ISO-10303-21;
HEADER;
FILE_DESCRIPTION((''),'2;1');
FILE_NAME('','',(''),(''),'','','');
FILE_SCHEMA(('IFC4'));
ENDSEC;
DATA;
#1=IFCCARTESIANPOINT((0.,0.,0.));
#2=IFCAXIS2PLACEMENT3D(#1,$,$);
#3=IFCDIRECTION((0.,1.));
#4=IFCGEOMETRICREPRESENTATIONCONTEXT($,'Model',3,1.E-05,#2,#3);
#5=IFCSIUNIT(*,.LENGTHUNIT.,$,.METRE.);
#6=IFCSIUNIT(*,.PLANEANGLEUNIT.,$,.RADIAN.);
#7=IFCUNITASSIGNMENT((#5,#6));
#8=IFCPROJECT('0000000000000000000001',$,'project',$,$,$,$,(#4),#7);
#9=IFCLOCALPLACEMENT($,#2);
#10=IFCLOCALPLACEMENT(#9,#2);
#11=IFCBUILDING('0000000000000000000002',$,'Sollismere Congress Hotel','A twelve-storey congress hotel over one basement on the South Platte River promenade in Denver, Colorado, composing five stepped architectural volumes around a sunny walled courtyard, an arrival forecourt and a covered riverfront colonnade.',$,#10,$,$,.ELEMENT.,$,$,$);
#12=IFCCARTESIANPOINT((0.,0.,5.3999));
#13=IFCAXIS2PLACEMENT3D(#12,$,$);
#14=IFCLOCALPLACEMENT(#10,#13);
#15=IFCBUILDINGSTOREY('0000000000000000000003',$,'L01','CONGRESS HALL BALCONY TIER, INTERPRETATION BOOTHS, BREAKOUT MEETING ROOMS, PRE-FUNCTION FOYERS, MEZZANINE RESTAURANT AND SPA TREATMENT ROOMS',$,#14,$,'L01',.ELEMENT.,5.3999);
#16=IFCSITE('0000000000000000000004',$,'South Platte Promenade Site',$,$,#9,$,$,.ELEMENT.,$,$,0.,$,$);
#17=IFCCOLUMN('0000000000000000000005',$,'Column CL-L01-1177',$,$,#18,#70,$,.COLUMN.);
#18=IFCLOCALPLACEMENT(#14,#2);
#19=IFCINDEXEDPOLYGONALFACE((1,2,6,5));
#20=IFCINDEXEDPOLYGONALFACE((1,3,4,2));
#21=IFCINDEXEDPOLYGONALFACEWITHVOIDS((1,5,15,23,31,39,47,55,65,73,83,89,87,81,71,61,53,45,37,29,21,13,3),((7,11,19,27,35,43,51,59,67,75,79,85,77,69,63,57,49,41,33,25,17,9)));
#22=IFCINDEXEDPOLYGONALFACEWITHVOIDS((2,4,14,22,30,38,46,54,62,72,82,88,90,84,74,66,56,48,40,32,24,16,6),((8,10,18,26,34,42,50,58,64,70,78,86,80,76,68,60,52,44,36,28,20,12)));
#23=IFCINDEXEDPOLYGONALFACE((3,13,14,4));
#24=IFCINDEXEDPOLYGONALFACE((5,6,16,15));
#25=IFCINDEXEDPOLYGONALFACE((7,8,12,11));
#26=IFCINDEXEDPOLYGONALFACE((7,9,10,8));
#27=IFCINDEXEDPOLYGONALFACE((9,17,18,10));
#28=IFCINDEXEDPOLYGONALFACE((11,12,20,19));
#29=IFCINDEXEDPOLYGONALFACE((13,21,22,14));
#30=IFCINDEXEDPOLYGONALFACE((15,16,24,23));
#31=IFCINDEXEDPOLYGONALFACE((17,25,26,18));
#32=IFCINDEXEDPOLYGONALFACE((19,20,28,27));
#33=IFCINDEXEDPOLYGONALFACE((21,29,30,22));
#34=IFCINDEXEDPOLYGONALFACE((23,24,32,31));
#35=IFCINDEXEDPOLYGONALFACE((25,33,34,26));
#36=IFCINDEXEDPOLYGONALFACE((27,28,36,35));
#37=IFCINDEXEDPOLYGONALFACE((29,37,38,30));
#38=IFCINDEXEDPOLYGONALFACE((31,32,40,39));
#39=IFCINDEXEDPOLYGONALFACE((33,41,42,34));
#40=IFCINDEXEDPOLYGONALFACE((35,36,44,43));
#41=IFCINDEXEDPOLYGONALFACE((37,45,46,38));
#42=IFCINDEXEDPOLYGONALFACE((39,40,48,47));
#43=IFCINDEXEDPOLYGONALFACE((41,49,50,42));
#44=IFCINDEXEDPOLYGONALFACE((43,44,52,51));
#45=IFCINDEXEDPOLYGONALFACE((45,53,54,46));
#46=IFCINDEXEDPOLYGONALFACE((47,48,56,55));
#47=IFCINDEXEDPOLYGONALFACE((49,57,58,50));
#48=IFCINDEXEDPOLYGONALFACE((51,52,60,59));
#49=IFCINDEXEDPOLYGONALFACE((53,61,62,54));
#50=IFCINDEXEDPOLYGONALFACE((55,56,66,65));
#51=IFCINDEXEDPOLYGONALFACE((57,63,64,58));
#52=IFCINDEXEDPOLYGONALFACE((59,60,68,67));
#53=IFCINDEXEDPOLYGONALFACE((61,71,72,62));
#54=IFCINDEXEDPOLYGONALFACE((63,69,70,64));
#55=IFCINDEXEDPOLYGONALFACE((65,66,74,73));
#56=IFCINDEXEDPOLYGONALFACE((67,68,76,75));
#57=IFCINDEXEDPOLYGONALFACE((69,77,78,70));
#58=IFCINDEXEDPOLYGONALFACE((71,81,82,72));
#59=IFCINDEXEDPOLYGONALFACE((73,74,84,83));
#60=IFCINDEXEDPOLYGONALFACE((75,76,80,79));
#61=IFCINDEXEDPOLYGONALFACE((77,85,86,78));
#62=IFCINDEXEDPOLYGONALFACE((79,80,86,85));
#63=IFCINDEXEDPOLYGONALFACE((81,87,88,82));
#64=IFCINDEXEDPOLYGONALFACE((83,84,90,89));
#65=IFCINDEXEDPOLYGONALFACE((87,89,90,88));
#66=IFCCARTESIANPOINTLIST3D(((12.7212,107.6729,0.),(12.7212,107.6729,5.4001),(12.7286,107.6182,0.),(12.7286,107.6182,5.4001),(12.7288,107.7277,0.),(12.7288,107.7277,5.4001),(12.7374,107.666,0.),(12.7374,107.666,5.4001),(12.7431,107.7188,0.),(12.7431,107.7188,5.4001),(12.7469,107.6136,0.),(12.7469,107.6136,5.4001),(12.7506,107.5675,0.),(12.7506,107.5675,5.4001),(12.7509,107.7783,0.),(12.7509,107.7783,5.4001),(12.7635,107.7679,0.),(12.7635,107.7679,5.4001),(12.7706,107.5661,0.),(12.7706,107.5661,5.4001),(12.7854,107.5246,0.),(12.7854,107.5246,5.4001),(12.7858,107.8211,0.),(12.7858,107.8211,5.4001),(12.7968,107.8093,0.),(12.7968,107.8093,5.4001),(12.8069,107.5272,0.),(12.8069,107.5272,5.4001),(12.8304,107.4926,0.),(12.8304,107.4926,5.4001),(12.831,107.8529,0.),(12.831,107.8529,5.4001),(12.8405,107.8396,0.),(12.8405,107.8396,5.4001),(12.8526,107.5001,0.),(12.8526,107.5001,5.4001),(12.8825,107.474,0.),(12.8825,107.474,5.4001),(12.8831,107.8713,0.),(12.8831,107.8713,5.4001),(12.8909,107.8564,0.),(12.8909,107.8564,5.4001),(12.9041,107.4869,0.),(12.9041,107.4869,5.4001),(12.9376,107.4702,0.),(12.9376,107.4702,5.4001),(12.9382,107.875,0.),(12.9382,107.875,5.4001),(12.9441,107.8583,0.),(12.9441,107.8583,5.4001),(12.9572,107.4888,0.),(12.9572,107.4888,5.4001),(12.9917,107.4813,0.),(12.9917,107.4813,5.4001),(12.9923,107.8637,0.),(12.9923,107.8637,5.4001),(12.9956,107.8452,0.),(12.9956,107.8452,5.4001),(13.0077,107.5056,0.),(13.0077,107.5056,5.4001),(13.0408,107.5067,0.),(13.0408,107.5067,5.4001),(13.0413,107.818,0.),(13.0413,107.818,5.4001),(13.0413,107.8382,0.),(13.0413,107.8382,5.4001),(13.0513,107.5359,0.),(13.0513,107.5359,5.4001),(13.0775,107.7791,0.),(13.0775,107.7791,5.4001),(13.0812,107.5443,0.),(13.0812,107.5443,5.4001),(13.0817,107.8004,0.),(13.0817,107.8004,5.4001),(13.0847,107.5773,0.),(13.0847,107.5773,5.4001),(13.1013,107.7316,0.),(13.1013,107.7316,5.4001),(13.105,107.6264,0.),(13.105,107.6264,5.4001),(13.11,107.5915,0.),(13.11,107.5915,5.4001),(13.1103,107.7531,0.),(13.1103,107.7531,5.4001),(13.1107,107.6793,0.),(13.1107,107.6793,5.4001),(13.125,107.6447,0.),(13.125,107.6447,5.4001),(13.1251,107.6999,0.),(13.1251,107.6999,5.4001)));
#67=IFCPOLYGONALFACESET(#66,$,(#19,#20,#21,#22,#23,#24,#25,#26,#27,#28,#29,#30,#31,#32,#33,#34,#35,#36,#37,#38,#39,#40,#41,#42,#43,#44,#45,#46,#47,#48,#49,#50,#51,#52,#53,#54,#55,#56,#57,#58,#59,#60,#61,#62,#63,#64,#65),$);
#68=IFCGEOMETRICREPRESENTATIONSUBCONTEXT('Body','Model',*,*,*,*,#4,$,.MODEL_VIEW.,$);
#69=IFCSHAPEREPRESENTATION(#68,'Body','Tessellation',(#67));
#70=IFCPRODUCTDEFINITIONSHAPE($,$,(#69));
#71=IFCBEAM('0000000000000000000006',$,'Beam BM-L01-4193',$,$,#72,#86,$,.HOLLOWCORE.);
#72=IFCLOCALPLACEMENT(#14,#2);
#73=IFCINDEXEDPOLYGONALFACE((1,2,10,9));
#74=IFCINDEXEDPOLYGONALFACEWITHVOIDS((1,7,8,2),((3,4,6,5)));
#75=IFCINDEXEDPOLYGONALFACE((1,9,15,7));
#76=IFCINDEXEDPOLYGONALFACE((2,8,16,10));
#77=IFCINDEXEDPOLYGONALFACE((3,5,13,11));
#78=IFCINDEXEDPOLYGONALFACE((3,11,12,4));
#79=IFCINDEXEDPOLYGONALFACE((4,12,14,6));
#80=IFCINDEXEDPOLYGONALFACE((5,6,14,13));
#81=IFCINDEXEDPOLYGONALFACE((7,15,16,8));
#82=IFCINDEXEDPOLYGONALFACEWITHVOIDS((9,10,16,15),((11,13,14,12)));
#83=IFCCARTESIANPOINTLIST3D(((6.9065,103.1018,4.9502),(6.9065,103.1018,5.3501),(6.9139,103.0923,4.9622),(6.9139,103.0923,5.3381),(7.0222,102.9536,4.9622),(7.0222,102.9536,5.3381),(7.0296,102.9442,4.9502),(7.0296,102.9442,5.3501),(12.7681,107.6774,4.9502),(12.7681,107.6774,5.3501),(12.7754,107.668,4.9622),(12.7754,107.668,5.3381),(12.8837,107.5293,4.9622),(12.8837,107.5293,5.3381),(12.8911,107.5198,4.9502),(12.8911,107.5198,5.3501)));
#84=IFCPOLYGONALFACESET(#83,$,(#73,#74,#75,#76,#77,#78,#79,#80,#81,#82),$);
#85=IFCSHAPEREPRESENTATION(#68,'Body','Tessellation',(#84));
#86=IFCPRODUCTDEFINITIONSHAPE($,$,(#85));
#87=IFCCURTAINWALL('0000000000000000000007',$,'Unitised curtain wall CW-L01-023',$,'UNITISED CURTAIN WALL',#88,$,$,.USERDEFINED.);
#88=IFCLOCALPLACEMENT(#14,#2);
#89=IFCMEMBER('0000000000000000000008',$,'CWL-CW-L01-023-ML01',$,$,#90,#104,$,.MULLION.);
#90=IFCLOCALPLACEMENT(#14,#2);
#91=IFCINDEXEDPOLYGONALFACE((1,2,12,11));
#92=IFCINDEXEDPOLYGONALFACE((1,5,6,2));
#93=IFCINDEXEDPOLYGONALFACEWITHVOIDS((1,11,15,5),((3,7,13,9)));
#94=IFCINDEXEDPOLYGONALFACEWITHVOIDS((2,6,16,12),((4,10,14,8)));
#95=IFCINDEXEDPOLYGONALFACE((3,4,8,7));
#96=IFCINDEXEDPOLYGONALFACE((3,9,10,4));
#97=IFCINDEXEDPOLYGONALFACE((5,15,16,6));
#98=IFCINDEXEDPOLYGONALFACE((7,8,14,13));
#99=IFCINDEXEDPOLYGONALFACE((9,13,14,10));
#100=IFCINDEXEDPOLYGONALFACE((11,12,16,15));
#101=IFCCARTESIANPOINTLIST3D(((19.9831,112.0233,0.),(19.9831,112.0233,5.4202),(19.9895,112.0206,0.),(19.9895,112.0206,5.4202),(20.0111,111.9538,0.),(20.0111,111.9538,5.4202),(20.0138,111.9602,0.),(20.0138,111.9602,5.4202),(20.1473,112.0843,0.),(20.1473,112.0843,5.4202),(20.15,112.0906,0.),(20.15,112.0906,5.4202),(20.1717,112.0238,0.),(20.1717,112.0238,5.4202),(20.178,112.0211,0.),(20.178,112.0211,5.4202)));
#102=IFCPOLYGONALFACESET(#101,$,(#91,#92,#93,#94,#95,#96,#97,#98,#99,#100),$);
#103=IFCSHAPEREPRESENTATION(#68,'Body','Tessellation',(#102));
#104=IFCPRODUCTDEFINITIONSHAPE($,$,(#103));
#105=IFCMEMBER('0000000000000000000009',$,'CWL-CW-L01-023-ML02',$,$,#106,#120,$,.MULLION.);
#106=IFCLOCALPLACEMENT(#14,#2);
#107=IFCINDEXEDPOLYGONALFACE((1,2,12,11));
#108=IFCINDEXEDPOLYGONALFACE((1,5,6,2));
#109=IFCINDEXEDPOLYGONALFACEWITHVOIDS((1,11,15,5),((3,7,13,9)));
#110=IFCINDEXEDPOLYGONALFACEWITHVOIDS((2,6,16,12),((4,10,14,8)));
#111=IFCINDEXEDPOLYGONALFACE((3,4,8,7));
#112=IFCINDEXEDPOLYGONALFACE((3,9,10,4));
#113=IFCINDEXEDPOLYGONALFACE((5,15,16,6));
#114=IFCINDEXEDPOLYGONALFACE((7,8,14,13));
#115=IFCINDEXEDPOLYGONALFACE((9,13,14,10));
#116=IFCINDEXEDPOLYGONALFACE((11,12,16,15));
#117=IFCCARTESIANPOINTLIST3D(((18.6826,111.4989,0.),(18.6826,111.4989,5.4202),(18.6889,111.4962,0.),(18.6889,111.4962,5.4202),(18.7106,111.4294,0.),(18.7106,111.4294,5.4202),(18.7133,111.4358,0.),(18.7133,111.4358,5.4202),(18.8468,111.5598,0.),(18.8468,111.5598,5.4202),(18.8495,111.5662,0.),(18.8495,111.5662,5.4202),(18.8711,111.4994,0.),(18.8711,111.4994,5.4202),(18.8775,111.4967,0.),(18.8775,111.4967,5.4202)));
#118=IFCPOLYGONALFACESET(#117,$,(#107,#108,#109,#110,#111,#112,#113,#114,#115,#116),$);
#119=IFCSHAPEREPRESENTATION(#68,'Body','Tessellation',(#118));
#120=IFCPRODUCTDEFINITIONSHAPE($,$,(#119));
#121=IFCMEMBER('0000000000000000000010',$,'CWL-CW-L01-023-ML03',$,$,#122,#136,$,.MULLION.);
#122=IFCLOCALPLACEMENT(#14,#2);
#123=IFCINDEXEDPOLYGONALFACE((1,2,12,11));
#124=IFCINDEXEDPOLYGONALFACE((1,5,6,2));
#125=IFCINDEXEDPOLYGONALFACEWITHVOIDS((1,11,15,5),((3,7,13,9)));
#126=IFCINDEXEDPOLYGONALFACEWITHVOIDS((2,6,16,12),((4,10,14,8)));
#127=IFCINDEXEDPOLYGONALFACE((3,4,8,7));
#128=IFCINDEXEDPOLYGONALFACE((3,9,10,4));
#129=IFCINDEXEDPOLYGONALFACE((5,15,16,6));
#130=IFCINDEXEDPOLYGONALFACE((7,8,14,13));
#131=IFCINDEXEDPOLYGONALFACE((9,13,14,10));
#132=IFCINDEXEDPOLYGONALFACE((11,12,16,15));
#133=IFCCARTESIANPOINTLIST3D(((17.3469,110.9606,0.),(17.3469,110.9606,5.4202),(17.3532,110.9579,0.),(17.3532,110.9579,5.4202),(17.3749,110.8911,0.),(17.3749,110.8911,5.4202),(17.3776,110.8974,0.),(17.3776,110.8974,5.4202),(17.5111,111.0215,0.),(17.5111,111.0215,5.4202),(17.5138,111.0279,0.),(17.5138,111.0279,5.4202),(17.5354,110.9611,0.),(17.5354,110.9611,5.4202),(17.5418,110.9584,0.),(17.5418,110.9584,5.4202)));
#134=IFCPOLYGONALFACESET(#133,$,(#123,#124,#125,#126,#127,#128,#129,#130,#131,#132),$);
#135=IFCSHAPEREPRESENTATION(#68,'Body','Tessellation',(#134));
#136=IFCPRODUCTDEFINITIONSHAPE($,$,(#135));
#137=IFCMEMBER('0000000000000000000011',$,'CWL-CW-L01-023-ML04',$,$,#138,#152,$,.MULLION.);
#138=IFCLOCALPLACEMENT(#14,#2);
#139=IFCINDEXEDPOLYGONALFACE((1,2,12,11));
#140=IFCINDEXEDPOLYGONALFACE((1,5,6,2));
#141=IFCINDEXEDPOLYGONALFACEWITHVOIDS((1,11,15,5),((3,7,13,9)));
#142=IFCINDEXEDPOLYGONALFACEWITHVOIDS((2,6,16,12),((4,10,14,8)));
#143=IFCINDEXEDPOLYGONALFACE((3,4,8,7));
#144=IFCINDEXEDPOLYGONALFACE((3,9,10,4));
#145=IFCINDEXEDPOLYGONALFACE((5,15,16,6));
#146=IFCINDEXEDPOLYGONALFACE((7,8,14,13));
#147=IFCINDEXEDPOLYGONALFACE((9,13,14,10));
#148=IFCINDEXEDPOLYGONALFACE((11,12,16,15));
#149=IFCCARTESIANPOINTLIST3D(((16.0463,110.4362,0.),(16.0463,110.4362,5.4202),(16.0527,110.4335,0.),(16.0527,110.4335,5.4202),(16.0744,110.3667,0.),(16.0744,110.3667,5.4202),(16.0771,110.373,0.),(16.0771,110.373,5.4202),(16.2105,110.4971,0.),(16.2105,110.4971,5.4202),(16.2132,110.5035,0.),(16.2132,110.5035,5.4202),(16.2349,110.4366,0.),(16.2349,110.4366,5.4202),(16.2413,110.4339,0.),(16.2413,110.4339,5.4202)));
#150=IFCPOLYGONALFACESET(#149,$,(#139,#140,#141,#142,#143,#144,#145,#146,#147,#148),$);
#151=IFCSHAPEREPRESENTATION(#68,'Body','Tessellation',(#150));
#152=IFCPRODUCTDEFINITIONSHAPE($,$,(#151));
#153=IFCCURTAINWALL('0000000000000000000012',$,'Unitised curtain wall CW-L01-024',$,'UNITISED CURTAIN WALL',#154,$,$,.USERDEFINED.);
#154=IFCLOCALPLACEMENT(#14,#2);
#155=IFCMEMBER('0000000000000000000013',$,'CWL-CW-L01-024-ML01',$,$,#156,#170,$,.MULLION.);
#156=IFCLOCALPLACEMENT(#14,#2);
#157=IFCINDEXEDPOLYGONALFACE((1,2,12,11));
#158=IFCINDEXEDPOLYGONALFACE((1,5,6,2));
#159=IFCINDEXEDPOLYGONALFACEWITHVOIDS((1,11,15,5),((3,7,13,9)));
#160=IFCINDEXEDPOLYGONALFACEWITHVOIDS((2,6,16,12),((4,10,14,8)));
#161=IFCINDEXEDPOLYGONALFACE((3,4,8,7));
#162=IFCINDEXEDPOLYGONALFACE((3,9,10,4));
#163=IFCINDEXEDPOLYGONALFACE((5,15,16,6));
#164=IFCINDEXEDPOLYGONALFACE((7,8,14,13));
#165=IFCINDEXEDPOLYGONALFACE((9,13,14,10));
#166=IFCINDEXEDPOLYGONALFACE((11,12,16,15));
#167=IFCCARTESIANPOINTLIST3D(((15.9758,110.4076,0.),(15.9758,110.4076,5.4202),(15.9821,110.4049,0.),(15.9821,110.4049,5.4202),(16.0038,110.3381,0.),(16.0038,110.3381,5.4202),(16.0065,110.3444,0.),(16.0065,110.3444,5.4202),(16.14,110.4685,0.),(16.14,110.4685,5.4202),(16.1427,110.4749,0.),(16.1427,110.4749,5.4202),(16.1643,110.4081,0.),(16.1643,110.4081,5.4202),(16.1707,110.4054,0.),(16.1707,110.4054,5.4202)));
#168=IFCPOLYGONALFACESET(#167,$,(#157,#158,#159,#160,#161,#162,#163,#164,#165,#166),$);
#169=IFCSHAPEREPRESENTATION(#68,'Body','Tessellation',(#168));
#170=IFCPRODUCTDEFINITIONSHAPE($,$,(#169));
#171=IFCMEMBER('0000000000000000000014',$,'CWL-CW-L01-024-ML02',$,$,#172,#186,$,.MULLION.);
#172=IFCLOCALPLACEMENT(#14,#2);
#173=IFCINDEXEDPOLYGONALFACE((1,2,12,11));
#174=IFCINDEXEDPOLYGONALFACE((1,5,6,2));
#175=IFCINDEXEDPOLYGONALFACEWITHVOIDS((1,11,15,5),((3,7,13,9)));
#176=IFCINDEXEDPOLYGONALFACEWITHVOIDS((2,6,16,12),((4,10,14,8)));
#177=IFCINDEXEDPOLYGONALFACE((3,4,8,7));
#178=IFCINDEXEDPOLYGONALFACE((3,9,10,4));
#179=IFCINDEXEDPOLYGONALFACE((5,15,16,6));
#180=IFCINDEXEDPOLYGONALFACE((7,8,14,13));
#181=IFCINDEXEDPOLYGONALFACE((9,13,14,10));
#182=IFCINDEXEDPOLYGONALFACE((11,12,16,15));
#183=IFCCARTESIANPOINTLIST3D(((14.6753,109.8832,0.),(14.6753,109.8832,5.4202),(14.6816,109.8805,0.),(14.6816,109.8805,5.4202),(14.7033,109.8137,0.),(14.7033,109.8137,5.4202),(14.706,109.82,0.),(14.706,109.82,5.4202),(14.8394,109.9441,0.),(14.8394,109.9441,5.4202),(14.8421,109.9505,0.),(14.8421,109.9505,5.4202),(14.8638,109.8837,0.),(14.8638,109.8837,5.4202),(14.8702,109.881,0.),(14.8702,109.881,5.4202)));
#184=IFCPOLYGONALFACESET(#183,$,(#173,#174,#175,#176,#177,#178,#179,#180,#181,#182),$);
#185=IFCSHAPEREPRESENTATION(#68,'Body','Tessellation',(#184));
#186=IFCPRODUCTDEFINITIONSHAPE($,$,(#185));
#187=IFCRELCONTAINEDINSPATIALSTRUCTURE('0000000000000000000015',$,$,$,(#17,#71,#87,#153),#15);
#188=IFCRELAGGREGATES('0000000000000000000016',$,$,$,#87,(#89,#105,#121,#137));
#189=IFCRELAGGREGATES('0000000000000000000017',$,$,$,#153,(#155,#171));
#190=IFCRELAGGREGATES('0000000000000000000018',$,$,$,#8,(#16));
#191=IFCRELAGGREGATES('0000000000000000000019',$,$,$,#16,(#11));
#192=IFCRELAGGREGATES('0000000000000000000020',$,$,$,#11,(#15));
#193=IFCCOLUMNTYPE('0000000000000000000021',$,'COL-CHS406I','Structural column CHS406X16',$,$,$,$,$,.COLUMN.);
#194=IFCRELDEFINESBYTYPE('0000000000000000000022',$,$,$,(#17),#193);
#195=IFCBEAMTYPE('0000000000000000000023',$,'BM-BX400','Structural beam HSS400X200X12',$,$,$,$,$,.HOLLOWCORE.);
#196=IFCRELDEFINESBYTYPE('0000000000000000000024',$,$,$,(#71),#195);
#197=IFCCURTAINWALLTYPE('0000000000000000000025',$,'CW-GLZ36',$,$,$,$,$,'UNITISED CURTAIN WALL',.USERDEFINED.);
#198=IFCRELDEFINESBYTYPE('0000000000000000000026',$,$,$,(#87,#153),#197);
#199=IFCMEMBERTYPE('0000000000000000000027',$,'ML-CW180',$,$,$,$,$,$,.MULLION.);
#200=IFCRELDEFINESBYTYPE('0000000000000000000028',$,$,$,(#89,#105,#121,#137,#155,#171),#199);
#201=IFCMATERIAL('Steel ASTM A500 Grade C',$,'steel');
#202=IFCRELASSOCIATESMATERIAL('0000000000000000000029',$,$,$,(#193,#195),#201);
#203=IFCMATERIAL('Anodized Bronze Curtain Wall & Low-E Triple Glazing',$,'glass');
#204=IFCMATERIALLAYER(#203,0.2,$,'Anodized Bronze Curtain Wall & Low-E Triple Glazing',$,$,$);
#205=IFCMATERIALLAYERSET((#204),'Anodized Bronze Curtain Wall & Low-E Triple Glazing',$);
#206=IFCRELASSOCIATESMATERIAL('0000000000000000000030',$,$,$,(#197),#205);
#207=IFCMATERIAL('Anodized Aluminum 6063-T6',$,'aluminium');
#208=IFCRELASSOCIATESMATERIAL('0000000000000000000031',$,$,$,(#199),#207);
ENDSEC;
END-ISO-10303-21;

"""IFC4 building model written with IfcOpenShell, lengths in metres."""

from ifc_helpers import new_model, si_unit, direction, frame, origin, origin_2d, place, context, subcontext, project, spatial, hollow_rectangle, hollow_circle, extrude, material, layer, layer_set, material_profile, profile_set, type_object, element, aggregate, save


model = new_model("IFC4")

# Units and contexts
model_context = context("Model", 3, precision=1e-05, world=origin(), true_north=direction((0.0, 1.0)))
body_context = subcontext(model_context, "Body", "Model", "MODEL_VIEW")
ifc_project = project(units=[si_unit("LENGTHUNIT", "METRE"), si_unit("PLANEANGLEUNIT", "RADIAN")], contexts=[model_context])

# Site, building, storey
site_placement = place(None, origin())
site = spatial("IfcSite", under=ifc_project, at=site_placement, Name="South Platte Promenade Site", CompositionType="ELEMENT", RefElevation=0.0)
building_placement = place(site_placement, origin())
building = spatial("IfcBuilding", under=site, at=building_placement, Name="Sollismere Congress Hotel", Description="A twelve-storey congress hotel over one basement on the South Platte River promenade in Denver, Colorado, composing five stepped architectural volumes around a sunny walled courtyard, an arrival forecourt and a covered riverfront colonnade.", CompositionType="ELEMENT")
storey_placement = place(building_placement, frame((0.0, 0.0, 5.3999)))
storey = spatial("IfcBuildingStorey", under=building, at=storey_placement, Name="L01", Description="CONGRESS HALL BALCONY TIER, INTERPRETATION BOOTHS, BREAKOUT MEETING ROOMS, PRE-FUNCTION FOYERS, MEZZANINE RESTAURANT AND SPA TREATMENT ROOMS", LongName="L01", CompositionType="ELEMENT", Elevation=5.3999)

# Column
ifc_material_1 = material(Name="Steel ASTM A500 Grade C", Category="steel")
ifc_material_profile_1 = material_profile(ifc_material_1, hollow_circle(Radius=0.2029, WallThickness=0.0161, at=origin_2d()), Name="CHS406X16")
ifc_profile_set_1 = profile_set([ifc_material_profile_1], Name="Steel ASTM A500 Grade C")
column_type = type_object("IfcColumnType", Name="COL-CHS406I", Description="Structural column CHS406X16", PredefinedType="COLUMN", material=ifc_profile_set_1)
column_placement = place(storey_placement, frame((12.9241, 107.6726, 0.0), z_axis=(0.0, 0.0, 1.0), x_axis=(-0.68136, 0.731949, 0.0)))
element("IfcColumn", 1, at=column_placement, inside=storey, type_object=column_type, Name="Column CL-L01-1177", PredefinedType="COLUMN", context=body_context, shape_type="SweptSolid", body=[
    extrude(hollow_circle(Radius=0.2029, WallThickness=0.0161, at=origin_2d()), origin(), (0.0, 0.0, 1.0), 5.4001),
])

# Beam
ifc_material_profile_2 = material_profile(ifc_material_1, hollow_rectangle(XDim=0.2, YDim=0.3999, WallThickness=0.012, at=origin_2d()), Name="HSS400X200X12")
ifc_profile_set_2 = profile_set([ifc_material_profile_2], Name="Steel ASTM A500 Grade C")
beam_type = type_object("IfcBeamType", Name="BM-BX400", Description="Structural beam HSS400X200X12", PredefinedType="HOLLOWCORE", material=ifc_profile_set_2)
beam_placement = place(storey_placement, frame((12.8296, 107.5986, 5.1501), z_axis=(-0.788264, -0.615338, 0.0), x_axis=(0.615338, -0.788264, 0.0)))
element("IfcBeam", 2, at=beam_placement, inside=storey, type_object=beam_type, Name="Beam BM-L01-4193", PredefinedType="HOLLOWCORE", context=body_context, shape_type="SweptSolid", body=[
    extrude(hollow_rectangle(XDim=0.2, YDim=0.3999, WallThickness=0.012, at=origin_2d()), origin(), (0.0, 0.0, 1.0), 7.436),
])

# Curtain walls, members
ifc_material_2 = material(Name="Anodized Bronze Curtain Wall & Low-E Triple Glazing", Category="glass")
ifc_layer_1 = layer(ifc_material_2, 0.2, Name="Anodized Bronze Curtain Wall & Low-E Triple Glazing")
ifc_layer_set_1 = layer_set([ifc_layer_1], Name="Anodized Bronze Curtain Wall & Low-E Triple Glazing")
curtain_wall_type = type_object("IfcCurtainWallType", Name="CW-GLZ36", ElementType="UNITISED CURTAIN WALL", PredefinedType="USERDEFINED", material=ifc_layer_set_1)
curtain_wall_1_placement = place(storey_placement, origin())
curtain_wall_1 = element("IfcCurtainWall", 3, at=curtain_wall_1_placement, inside=storey, type_object=curtain_wall_type, Name="Unitised curtain wall CW-L01-023", ObjectType="UNITISED CURTAIN WALL", PredefinedType="USERDEFINED")
ifc_material_3 = material(Name="Anodized Aluminum 6063-T6", Category="aluminium")
ifc_material_profile_3 = material_profile(ifc_material_3, hollow_rectangle(XDim=0.075, YDim=0.1799, WallThickness=0.0049, at=origin_2d()), Name="ALU180X75X5")
ifc_profile_set_3 = profile_set([ifc_material_profile_3], Name="Anodized Aluminum 6063-T6")
member_type_1 = type_object("IfcMemberType", Name="ML-CW180", PredefinedType="MULLION", material=ifc_profile_set_3)
member_1_placement = place(storey_placement, frame((20.0806, 112.0222, 0.0), z_axis=(0.0, 0.0, 1.0), x_axis=(0.373943, -0.927452, 0.0)))
member_1 = element("IfcMember", 4, at=member_1_placement, type_object=member_type_1, Name="CWL-CW-L01-023-ML01", PredefinedType="MULLION", context=body_context, shape_type="SweptSolid", body=[
    extrude(hollow_rectangle(XDim=0.075, YDim=0.1799, WallThickness=0.0049, at=origin_2d()), origin(), (0.0, 0.0, 1.0), 5.4202),
])
member_2_placement = place(storey_placement, frame((18.78, 111.4978, 0.0), z_axis=(0.0, 0.0, 1.0), x_axis=(0.373943, -0.927452, 0.0)))
member_2 = element("IfcMember", 5, at=member_2_placement, type_object=member_type_1, Name="CWL-CW-L01-023-ML02", PredefinedType="MULLION", context=body_context, shape_type="SweptSolid", body=[
    extrude(hollow_rectangle(XDim=0.075, YDim=0.1799, WallThickness=0.0049, at=origin_2d()), origin(), (0.0, 0.0, 1.0), 5.4202),
])
member_3_placement = place(storey_placement, frame((17.4443, 110.9595, 0.0), z_axis=(0.0, 0.0, 1.0), x_axis=(0.373943, -0.927452, 0.0)))
member_3 = element("IfcMember", 6, at=member_3_placement, type_object=member_type_1, Name="CWL-CW-L01-023-ML03", PredefinedType="MULLION", context=body_context, shape_type="SweptSolid", body=[
    extrude(hollow_rectangle(XDim=0.075, YDim=0.1799, WallThickness=0.0049, at=origin_2d()), origin(), (0.0, 0.0, 1.0), 5.4202),
])
member_4_placement = place(storey_placement, frame((16.1438, 110.4351, 0.0), z_axis=(0.0, 0.0, 1.0), x_axis=(0.373943, -0.927452, 0.0)))
member_4 = element("IfcMember", 7, at=member_4_placement, type_object=member_type_1, Name="CWL-CW-L01-023-ML04", PredefinedType="MULLION", context=body_context, shape_type="SweptSolid", body=[
    extrude(hollow_rectangle(XDim=0.075, YDim=0.1799, WallThickness=0.0049, at=origin_2d()), origin(), (0.0, 0.0, 1.0), 5.4202),
])
curtain_wall_2_placement = place(storey_placement, origin())
curtain_wall_2 = element("IfcCurtainWall", 8, at=curtain_wall_2_placement, inside=storey, type_object=curtain_wall_type, Name="Unitised curtain wall CW-L01-024", ObjectType="UNITISED CURTAIN WALL", PredefinedType="USERDEFINED")
member_5_placement = place(storey_placement, frame((16.0732, 110.4065, 0.0), z_axis=(0.0, 0.0, 1.0), x_axis=(0.373943, -0.927452, 0.0)))
member_5 = element("IfcMember", 9, at=member_5_placement, type_object=member_type_1, Name="CWL-CW-L01-024-ML01", PredefinedType="MULLION", context=body_context, shape_type="SweptSolid", body=[
    extrude(hollow_rectangle(XDim=0.075, YDim=0.1799, WallThickness=0.0049, at=origin_2d()), origin(), (0.0, 0.0, 1.0), 5.4202),
])
member_6_placement = place(storey_placement, frame((14.7727, 109.8821, 0.0), z_axis=(0.0, 0.0, 1.0), x_axis=(0.373943, -0.927452, 0.0)))
member_6 = element("IfcMember", 10, at=member_6_placement, type_object=member_type_1, Name="CWL-CW-L01-024-ML02", PredefinedType="MULLION", context=body_context, shape_type="SweptSolid", body=[
    extrude(hollow_rectangle(XDim=0.075, YDim=0.1799, WallThickness=0.0049, at=origin_2d()), origin(), (0.0, 0.0, 1.0), 5.4202),
])

aggregate(curtain_wall_1, [member_1, member_2, member_3, member_4])
aggregate(curtain_wall_2, [member_5, member_6])

save(model, "model.ifc")
